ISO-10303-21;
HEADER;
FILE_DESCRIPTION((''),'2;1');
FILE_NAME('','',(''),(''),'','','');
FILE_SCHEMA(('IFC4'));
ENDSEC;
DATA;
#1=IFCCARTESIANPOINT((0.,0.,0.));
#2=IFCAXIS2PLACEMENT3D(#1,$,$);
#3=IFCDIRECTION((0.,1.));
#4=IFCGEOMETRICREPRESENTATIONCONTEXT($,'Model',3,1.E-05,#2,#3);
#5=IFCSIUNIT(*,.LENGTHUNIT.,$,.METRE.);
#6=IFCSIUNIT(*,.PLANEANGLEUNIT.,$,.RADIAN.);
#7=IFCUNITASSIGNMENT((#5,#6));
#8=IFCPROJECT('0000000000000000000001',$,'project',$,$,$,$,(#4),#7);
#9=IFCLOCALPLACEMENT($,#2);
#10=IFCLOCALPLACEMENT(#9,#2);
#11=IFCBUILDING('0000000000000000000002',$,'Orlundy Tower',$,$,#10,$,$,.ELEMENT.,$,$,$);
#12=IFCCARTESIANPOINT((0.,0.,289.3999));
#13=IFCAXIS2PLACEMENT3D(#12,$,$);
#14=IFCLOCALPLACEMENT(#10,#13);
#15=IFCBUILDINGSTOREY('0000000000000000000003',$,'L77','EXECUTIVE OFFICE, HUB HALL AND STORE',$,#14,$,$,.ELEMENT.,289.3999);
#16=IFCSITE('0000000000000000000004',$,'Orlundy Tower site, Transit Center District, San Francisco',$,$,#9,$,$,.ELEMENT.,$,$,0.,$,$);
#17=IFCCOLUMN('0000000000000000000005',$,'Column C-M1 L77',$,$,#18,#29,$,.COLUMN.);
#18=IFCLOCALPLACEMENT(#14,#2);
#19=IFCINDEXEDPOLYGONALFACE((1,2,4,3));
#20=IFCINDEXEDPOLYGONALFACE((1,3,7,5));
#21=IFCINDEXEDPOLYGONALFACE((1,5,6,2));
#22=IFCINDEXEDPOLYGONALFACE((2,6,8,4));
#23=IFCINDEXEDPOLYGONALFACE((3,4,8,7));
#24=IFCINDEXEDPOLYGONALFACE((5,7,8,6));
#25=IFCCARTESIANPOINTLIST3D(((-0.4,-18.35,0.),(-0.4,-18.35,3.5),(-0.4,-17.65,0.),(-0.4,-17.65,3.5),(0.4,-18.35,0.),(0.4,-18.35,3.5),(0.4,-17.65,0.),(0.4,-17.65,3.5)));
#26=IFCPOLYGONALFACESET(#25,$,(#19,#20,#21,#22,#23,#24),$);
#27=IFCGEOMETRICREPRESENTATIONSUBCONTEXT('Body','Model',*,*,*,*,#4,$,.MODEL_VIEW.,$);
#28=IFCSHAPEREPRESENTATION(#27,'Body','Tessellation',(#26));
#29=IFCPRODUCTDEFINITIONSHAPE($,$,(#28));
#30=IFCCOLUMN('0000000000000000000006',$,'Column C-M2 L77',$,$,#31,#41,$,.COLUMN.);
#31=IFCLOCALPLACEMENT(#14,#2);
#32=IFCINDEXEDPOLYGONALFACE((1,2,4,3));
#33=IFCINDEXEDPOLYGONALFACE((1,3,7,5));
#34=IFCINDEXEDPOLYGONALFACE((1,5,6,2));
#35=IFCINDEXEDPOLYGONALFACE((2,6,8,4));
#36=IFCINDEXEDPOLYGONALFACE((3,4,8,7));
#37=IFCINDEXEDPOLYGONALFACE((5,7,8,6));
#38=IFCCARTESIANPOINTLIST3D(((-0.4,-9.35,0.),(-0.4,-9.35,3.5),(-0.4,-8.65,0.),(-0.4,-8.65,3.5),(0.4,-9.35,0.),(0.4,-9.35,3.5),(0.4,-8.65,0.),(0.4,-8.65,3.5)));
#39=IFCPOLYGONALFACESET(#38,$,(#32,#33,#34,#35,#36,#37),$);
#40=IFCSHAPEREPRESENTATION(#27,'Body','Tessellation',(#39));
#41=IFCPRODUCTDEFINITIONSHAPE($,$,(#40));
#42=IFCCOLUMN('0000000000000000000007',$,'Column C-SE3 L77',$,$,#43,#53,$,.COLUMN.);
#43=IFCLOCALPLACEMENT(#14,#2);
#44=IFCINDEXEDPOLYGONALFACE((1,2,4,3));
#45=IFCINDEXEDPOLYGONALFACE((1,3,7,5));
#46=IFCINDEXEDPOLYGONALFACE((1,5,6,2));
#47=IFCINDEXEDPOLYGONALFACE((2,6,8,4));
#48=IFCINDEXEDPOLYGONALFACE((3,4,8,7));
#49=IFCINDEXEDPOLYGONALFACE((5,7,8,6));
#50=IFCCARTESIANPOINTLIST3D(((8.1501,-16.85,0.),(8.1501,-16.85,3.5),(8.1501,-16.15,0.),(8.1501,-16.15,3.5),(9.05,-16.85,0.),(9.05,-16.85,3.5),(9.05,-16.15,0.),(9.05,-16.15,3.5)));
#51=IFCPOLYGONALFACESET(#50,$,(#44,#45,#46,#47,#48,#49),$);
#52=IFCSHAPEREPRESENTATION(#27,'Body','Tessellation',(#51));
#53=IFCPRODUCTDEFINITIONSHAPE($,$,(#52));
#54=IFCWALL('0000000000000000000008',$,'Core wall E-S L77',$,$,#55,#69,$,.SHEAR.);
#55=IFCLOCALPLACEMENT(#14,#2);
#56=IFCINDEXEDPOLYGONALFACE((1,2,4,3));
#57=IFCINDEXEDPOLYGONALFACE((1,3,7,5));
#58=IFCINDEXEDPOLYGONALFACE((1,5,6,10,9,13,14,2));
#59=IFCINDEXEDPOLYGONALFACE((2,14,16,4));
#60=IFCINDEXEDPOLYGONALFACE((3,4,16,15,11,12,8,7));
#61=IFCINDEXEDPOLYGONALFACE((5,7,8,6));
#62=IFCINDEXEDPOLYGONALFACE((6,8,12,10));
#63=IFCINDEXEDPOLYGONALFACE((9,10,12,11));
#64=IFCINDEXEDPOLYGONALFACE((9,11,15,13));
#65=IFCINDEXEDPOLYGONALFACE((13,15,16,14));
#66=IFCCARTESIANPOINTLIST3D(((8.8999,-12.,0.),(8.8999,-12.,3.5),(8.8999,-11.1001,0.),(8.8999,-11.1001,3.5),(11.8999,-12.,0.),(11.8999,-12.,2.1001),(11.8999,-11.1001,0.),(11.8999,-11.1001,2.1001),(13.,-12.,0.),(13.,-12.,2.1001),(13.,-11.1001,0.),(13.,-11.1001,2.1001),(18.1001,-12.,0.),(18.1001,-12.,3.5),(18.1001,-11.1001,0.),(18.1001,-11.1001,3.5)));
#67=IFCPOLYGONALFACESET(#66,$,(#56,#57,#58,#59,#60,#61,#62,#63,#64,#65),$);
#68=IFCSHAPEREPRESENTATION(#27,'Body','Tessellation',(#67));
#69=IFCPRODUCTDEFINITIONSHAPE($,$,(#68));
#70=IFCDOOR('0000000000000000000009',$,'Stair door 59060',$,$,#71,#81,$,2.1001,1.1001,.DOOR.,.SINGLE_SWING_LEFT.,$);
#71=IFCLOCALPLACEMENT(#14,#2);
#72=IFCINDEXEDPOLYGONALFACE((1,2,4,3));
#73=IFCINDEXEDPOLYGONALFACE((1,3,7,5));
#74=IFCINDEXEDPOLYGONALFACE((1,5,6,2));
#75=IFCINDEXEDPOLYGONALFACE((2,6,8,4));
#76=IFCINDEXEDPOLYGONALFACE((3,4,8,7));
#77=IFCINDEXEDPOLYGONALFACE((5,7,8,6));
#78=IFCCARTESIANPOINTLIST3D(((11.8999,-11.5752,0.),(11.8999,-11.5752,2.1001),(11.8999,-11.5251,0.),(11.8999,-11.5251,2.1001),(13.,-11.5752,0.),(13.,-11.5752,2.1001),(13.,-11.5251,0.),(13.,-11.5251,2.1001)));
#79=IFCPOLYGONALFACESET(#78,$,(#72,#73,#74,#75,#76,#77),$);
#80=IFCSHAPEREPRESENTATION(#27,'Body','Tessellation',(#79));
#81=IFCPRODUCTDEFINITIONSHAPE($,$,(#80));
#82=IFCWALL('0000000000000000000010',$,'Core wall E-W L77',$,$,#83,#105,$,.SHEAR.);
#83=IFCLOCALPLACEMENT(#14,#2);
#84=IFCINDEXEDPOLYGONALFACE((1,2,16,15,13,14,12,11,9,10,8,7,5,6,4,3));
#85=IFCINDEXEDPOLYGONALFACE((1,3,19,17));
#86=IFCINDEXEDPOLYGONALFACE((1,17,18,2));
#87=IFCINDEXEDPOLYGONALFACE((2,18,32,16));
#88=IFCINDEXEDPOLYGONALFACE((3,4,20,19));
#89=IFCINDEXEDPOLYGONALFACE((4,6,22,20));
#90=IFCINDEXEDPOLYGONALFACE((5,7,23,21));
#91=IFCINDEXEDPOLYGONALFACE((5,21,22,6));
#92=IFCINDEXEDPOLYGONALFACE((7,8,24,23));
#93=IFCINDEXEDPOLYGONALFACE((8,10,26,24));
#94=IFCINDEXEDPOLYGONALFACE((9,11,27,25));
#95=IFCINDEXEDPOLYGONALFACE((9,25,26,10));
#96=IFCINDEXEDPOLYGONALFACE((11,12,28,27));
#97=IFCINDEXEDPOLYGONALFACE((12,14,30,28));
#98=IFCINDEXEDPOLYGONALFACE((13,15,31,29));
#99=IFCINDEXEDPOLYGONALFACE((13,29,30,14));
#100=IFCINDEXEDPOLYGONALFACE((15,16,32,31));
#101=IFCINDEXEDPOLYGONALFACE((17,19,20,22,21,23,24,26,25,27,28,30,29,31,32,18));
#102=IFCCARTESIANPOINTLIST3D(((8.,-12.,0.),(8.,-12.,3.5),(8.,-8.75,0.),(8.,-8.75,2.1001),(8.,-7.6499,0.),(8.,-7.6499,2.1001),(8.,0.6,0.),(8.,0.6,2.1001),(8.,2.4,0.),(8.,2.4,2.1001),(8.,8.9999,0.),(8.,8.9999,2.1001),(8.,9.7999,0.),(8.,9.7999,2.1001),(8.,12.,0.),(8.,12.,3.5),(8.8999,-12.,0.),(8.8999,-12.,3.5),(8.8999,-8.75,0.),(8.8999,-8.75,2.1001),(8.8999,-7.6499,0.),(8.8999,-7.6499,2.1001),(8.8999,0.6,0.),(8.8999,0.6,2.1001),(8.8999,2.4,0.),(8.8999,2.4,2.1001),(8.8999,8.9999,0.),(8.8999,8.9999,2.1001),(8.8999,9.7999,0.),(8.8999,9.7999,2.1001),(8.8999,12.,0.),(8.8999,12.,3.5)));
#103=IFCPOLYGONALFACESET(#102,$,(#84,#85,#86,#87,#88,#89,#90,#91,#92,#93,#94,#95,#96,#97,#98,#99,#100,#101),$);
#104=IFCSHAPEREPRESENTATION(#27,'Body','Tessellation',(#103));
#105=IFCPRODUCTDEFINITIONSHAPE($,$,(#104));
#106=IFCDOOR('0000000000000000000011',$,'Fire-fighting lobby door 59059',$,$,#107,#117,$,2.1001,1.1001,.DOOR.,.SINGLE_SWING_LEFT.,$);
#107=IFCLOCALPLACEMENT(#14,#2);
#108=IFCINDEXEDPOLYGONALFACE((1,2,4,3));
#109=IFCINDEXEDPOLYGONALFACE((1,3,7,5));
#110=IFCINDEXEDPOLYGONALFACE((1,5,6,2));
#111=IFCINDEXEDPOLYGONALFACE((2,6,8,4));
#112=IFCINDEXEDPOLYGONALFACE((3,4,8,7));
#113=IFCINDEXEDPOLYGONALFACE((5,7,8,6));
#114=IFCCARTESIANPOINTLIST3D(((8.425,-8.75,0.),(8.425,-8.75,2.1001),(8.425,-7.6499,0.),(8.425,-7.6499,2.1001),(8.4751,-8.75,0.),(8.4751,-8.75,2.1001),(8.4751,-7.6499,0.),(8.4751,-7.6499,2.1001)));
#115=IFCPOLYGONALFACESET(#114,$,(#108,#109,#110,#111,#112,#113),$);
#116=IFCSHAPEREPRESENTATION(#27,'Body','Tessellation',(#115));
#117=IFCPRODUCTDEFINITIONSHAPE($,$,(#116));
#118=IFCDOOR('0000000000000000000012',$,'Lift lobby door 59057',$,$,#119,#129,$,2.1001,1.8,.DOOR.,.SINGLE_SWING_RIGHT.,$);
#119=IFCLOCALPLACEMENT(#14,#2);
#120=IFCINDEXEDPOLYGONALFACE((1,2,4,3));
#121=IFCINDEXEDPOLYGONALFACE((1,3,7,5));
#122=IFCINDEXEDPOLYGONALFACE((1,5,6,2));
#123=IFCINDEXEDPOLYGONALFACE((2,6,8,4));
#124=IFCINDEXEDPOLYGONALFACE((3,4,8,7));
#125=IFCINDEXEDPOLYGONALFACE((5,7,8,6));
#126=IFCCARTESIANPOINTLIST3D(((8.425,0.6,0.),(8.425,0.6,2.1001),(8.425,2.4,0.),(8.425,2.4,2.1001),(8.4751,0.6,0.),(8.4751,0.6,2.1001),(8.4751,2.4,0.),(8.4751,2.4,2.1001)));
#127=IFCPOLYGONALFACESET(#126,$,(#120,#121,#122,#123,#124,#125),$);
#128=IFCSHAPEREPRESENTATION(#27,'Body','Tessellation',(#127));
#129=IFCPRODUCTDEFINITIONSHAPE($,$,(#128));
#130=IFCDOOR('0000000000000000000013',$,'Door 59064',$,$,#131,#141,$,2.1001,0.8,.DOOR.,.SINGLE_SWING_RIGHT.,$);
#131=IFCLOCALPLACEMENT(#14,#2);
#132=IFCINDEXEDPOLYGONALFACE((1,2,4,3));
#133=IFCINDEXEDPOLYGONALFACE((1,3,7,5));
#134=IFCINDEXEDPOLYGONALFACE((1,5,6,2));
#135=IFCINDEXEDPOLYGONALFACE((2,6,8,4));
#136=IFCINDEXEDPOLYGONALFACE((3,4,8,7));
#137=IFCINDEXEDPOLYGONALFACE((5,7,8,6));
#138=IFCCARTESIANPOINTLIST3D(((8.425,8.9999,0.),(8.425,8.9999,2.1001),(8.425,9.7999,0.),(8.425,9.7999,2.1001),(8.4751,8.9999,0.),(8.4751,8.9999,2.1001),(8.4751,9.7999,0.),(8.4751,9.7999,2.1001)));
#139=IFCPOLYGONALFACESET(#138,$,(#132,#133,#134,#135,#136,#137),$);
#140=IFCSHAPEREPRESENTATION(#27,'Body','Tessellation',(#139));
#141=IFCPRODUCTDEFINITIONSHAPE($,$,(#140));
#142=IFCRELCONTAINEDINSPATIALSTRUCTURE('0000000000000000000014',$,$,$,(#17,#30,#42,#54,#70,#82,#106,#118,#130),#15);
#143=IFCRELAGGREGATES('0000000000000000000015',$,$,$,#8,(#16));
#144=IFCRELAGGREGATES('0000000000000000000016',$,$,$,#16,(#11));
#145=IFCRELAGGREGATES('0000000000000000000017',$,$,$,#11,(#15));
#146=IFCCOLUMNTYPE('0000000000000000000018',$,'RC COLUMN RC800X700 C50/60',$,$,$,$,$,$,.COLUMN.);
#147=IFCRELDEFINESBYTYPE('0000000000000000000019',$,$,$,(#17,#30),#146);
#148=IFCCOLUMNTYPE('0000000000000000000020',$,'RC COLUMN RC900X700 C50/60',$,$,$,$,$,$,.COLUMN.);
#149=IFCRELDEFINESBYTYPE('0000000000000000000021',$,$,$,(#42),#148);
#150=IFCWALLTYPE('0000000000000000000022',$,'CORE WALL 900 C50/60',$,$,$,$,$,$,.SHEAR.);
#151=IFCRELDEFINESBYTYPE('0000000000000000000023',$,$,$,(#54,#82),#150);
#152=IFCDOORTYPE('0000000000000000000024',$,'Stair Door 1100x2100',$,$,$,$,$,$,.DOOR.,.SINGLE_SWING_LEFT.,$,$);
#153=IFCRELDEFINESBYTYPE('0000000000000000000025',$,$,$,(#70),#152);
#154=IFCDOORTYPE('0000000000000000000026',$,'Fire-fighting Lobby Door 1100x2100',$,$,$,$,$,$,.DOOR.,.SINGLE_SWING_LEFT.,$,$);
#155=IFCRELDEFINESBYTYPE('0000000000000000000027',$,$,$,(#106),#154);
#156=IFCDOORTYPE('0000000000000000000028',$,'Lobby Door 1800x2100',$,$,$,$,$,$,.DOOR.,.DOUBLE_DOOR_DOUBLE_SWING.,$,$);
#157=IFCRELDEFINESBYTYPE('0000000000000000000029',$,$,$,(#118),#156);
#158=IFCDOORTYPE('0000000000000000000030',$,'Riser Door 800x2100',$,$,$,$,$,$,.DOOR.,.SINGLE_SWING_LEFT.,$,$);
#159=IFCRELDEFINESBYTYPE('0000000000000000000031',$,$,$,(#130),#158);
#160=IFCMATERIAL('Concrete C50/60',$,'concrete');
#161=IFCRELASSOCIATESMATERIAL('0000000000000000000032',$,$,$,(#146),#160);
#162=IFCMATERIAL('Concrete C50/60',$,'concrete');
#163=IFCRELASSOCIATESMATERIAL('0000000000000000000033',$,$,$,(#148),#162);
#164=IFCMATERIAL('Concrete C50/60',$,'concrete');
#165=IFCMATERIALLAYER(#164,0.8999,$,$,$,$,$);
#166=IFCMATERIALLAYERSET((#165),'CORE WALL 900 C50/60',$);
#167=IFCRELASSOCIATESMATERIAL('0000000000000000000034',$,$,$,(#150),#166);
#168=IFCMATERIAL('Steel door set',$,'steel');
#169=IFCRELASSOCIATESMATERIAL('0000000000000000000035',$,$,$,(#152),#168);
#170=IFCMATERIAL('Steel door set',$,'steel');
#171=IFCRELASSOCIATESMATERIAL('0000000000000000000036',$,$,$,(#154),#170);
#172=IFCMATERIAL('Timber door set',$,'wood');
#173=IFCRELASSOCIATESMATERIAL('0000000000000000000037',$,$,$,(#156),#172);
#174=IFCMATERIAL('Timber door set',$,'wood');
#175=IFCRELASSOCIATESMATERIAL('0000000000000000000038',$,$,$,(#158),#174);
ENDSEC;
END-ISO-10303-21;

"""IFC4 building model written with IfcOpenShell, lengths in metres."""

from ifc_helpers import new_model, si_unit, direction, frame, frame_2d, origin, origin_2d, place, context, subcontext, project, spatial, rectangle, extrude, material, layer, layer_set, material_profile, profile_set, type_object, element, fill, save


model = new_model("IFC4")

# Units and contexts
model_context = context("Model", 3, precision=1e-05, world=origin(), true_north=direction((0.0, 1.0)))
body_context = subcontext(model_context, "Body", "Model", "MODEL_VIEW")
ifc_project = project(units=[si_unit("LENGTHUNIT", "METRE"), si_unit("PLANEANGLEUNIT", "RADIAN")], contexts=[model_context])

# Site, building, storey
site_placement = place(None, origin())
site = spatial("IfcSite", under=ifc_project, at=site_placement, Name="Orlundy Tower site, Transit Center District, San Francisco", CompositionType="ELEMENT", RefElevation=0.0)
building_placement = place(site_placement, origin())
building = spatial("IfcBuilding", under=site, at=building_placement, Name="Orlundy Tower", CompositionType="ELEMENT")
storey_placement = place(building_placement, frame((0.0, 0.0, 289.3999)))
storey = spatial("IfcBuildingStorey", under=building, at=storey_placement, Name="L77", Description="EXECUTIVE OFFICE, HUB HALL AND STORE", CompositionType="ELEMENT", Elevation=289.3999)

# Columns
ifc_material_1 = material(Name="Concrete C50/60", Category="concrete")
ifc_material_profile_1 = material_profile(ifc_material_1, rectangle(XDim=0.8, YDim=0.7, at=origin_2d()), Name="RC800X700")
ifc_profile_set_1 = profile_set([ifc_material_profile_1], Name="Concrete C50/60")
column_type_1 = type_object("IfcColumnType", Name="RC COLUMN RC800X700 C50/60", PredefinedType="COLUMN", material=ifc_profile_set_1)
for number, where, z_axis, x_axis, name in (
    (1, (0.0, -18.0, 0.0), (0.0, 0.0, 1.0), (1.0, 0.0, 0.0), "Column C-M1 L77"),
    (2, (0.0, -9.0, 0.0), (0.0, 0.0, 1.0), (1.0, 0.0, 0.0), "Column C-M2 L77"),
):
    element("IfcColumn", number, at=place(storey_placement, frame(where, z_axis=z_axis, x_axis=x_axis)), inside=storey, type_object=column_type_1, Name=name, PredefinedType="COLUMN", context=body_context, shape_type="SweptSolid", body=[
        extrude(rectangle(XDim=0.8, YDim=0.7, at=origin_2d()), origin(), (0.0, 0.0, 1.0), 3.5),
    ])
ifc_material_2 = material(Name="Concrete C50/60", Category="concrete")
ifc_material_profile_2 = material_profile(ifc_material_2, rectangle(XDim=0.8999, YDim=0.7, at=origin_2d()), Name="RC900X700")
ifc_profile_set_2 = profile_set([ifc_material_profile_2], Name="Concrete C50/60")
column_type_2 = type_object("IfcColumnType", Name="RC COLUMN RC900X700 C50/60", PredefinedType="COLUMN", material=ifc_profile_set_2)
column_placement = place(storey_placement, frame((8.6001, -16.5, 0.0), z_axis=(0.0, 0.0, 1.0), x_axis=(1.0, 0.0, 0.0)))
element("IfcColumn", 3, at=column_placement, inside=storey, type_object=column_type_2, Name="Column C-SE3 L77", PredefinedType="COLUMN", context=body_context, shape_type="SweptSolid", body=[
    extrude(rectangle(XDim=0.8999, YDim=0.7, at=origin_2d()), origin(), (0.0, 0.0, 1.0), 3.5),
])

# Wall, opening, door
ifc_material_3 = material(Name="Concrete C50/60", Category="concrete")
ifc_layer_1 = layer(ifc_material_3, 0.8999)
ifc_layer_set_1 = layer_set([ifc_layer_1], Name="CORE WALL 900 C50/60")
wall_type_1 = type_object("IfcWallType", Name="CORE WALL 900 C50/60", PredefinedType="SHEAR", material=ifc_layer_set_1)
wall_1_placement = place(storey_placement, frame((8.8999, -11.55, 0.0), z_axis=(0.0, 0.0, 1.0), x_axis=(1.0, 0.0, 0.0)))
wall_1 = element("IfcWall", 4, at=wall_1_placement, inside=storey, type_object=wall_type_1, Name="Core wall E-S L77", PredefinedType="SHEAR", context=body_context, shape_type="SweptSolid", body=[
    extrude(rectangle(XDim=9.2002, YDim=0.8999, at=frame_2d((4.6001, 0.0))), origin(), (0.0, 0.0, 1.0), 3.5),
])
opening_1_placement = place(wall_1_placement, frame((3.0, 0.0, 0.0)))
opening_1 = element("IfcOpeningElement", 5, at=opening_1_placement, cuts=wall_1, PredefinedType="OPENING", context=body_context, shape_type="SweptSolid", body=[
    extrude(rectangle(XDim=1.1001, YDim=2.1001, at=frame_2d((0.55, 1.05))), frame((0.0, 0.46, 0.0), z_axis=(0.0, -1.0, 0.0), x_axis=(1.0, 0.0, 0.0)), (0.0, 0.0, 1.0), 0.9199),
])
ifc_material_4 = material(Name="Steel door set", Category="steel")
door_type_1 = type_object("IfcDoorType", Name="Stair Door 1100x2100", OperationType="SINGLE_SWING_LEFT", PredefinedType="DOOR", material=ifc_material_4)
door_1_placement = place(opening_1_placement, origin())
door_1 = element("IfcDoor", 6, at=door_1_placement, inside=storey, type_object=door_type_1, Name="Stair door 59060", OperationType="SINGLE_SWING_LEFT", OverallHeight=2.1001, OverallWidth=1.1001, PredefinedType="DOOR", context=body_context, shape_type="SweptSolid", body=[
    extrude(rectangle(XDim=1.1001, YDim=2.1001, at=frame_2d((0.55, 1.05))), frame((0.0, 0.0249, 0.0), z_axis=(0.0, -1.0, 0.0), x_axis=(1.0, 0.0, 0.0)), (0.0, 0.0, 1.0), 0.05),
])
fill(opening_1, door_1)

# Wall, openings, doors
wall_2_placement = place(storey_placement, frame((8.45, -12.0, 0.0), z_axis=(0.0, 0.0, 1.0), x_axis=(0.0, 1.0, 0.0)))
wall_2 = element("IfcWall", 7, at=wall_2_placement, inside=storey, type_object=wall_type_1, Name="Core wall E-W L77", PredefinedType="SHEAR", context=body_context, shape_type="SweptSolid", body=[
    extrude(rectangle(XDim=24.0, YDim=0.8999, at=frame_2d((12.0, 0.0))), origin(), (0.0, 0.0, 1.0), 3.5),
])
opening_2_placement = place(wall_2_placement, frame((12.6001, 0.0, 0.0)))
opening_2 = element("IfcOpeningElement", 8, at=opening_2_placement, cuts=wall_2, PredefinedType="OPENING", context=body_context, shape_type="SweptSolid", body=[
    extrude(rectangle(XDim=1.8, YDim=2.1001, at=frame_2d((0.8999, 1.05))), frame((0.0, 0.46, 0.0), z_axis=(0.0, -1.0, 0.0), x_axis=(1.0, 0.0, 0.0)), (0.0, 0.0, 1.0), 0.9199),
])
opening_3_placement = place(wall_2_placement, frame((3.25, 0.0, 0.0)))
opening_3 = element("IfcOpeningElement", 9, at=opening_3_placement, cuts=wall_2, PredefinedType="OPENING", context=body_context, shape_type="SweptSolid", body=[
    extrude(rectangle(XDim=1.1001, YDim=2.1001, at=frame_2d((0.55, 1.05))), frame((0.0, 0.46, 0.0), z_axis=(0.0, -1.0, 0.0), x_axis=(1.0, 0.0, 0.0)), (0.0, 0.0, 1.0), 0.9199),
])
opening_4_placement = place(wall_2_placement, frame((21.0, 0.0, 0.0)))
opening_4 = element("IfcOpeningElement", 10, at=opening_4_placement, cuts=wall_2, PredefinedType="OPENING", context=body_context, shape_type="SweptSolid", body=[
    extrude(rectangle(XDim=0.8, YDim=2.1001, at=frame_2d((0.3999, 1.05))), frame((0.0, 0.46, 0.0), z_axis=(0.0, -1.0, 0.0), x_axis=(1.0, 0.0, 0.0)), (0.0, 0.0, 1.0), 0.9199),
])
ifc_material_5 = material(Name="Steel door set", Category="steel")
door_type_2 = type_object("IfcDoorType", Name="Fire-fighting Lobby Door 1100x2100", OperationType="SINGLE_SWING_LEFT", PredefinedType="DOOR", material=ifc_material_5)
door_2_placement = place(opening_3_placement, origin())
door_2 = element("IfcDoor", 11, at=door_2_placement, inside=storey, type_object=door_type_2, Name="Fire-fighting lobby door 59059", OperationType="SINGLE_SWING_LEFT", OverallHeight=2.1001, OverallWidth=1.1001, PredefinedType="DOOR", context=body_context, shape_type="SweptSolid", body=[
    extrude(rectangle(XDim=1.1001, YDim=2.1001, at=frame_2d((0.55, 1.05))), frame((0.0, 0.0249, 0.0), z_axis=(0.0, -1.0, 0.0), x_axis=(1.0, 0.0, 0.0)), (0.0, 0.0, 1.0), 0.05),
])
fill(opening_3, door_2)
ifc_material_6 = material(Name="Timber door set", Category="wood")
door_type_3 = type_object("IfcDoorType", Name="Lobby Door 1800x2100", OperationType="DOUBLE_DOOR_DOUBLE_SWING", PredefinedType="DOOR", material=ifc_material_6)
door_3_placement = place(opening_2_placement, origin())
door_3 = element("IfcDoor", 12, at=door_3_placement, inside=storey, type_object=door_type_3, Name="Lift lobby door 59057", OperationType="SINGLE_SWING_RIGHT", OverallHeight=2.1001, OverallWidth=1.8, PredefinedType="DOOR", context=body_context, shape_type="SweptSolid", body=[
    extrude(rectangle(XDim=1.8, YDim=2.1001, at=frame_2d((0.8999, 1.05))), frame((0.0, 0.0249, 0.0), z_axis=(0.0, -1.0, 0.0), x_axis=(1.0, 0.0, 0.0)), (0.0, 0.0, 1.0), 0.05),
])
fill(opening_2, door_3)
ifc_material_7 = material(Name="Timber door set", Category="wood")
door_type_4 = type_object("IfcDoorType", Name="Riser Door 800x2100", OperationType="SINGLE_SWING_LEFT", PredefinedType="DOOR", material=ifc_material_7)
door_4_placement = place(opening_4_placement, origin())
door_4 = element("IfcDoor", 13, at=door_4_placement, inside=storey, type_object=door_type_4, Name="Door 59064", OperationType="SINGLE_SWING_RIGHT", OverallHeight=2.1001, OverallWidth=0.8, PredefinedType="DOOR", context=body_context, shape_type="SweptSolid", body=[
    extrude(rectangle(XDim=0.8, YDim=2.1001, at=frame_2d((0.3999, 1.05))), frame((0.0, 0.0249, 0.0), z_axis=(0.0, -1.0, 0.0), x_axis=(1.0, 0.0, 0.0)), (0.0, 0.0, 1.0), 0.05),
])
fill(opening_4, door_4)

save(model, "model.ifc")
